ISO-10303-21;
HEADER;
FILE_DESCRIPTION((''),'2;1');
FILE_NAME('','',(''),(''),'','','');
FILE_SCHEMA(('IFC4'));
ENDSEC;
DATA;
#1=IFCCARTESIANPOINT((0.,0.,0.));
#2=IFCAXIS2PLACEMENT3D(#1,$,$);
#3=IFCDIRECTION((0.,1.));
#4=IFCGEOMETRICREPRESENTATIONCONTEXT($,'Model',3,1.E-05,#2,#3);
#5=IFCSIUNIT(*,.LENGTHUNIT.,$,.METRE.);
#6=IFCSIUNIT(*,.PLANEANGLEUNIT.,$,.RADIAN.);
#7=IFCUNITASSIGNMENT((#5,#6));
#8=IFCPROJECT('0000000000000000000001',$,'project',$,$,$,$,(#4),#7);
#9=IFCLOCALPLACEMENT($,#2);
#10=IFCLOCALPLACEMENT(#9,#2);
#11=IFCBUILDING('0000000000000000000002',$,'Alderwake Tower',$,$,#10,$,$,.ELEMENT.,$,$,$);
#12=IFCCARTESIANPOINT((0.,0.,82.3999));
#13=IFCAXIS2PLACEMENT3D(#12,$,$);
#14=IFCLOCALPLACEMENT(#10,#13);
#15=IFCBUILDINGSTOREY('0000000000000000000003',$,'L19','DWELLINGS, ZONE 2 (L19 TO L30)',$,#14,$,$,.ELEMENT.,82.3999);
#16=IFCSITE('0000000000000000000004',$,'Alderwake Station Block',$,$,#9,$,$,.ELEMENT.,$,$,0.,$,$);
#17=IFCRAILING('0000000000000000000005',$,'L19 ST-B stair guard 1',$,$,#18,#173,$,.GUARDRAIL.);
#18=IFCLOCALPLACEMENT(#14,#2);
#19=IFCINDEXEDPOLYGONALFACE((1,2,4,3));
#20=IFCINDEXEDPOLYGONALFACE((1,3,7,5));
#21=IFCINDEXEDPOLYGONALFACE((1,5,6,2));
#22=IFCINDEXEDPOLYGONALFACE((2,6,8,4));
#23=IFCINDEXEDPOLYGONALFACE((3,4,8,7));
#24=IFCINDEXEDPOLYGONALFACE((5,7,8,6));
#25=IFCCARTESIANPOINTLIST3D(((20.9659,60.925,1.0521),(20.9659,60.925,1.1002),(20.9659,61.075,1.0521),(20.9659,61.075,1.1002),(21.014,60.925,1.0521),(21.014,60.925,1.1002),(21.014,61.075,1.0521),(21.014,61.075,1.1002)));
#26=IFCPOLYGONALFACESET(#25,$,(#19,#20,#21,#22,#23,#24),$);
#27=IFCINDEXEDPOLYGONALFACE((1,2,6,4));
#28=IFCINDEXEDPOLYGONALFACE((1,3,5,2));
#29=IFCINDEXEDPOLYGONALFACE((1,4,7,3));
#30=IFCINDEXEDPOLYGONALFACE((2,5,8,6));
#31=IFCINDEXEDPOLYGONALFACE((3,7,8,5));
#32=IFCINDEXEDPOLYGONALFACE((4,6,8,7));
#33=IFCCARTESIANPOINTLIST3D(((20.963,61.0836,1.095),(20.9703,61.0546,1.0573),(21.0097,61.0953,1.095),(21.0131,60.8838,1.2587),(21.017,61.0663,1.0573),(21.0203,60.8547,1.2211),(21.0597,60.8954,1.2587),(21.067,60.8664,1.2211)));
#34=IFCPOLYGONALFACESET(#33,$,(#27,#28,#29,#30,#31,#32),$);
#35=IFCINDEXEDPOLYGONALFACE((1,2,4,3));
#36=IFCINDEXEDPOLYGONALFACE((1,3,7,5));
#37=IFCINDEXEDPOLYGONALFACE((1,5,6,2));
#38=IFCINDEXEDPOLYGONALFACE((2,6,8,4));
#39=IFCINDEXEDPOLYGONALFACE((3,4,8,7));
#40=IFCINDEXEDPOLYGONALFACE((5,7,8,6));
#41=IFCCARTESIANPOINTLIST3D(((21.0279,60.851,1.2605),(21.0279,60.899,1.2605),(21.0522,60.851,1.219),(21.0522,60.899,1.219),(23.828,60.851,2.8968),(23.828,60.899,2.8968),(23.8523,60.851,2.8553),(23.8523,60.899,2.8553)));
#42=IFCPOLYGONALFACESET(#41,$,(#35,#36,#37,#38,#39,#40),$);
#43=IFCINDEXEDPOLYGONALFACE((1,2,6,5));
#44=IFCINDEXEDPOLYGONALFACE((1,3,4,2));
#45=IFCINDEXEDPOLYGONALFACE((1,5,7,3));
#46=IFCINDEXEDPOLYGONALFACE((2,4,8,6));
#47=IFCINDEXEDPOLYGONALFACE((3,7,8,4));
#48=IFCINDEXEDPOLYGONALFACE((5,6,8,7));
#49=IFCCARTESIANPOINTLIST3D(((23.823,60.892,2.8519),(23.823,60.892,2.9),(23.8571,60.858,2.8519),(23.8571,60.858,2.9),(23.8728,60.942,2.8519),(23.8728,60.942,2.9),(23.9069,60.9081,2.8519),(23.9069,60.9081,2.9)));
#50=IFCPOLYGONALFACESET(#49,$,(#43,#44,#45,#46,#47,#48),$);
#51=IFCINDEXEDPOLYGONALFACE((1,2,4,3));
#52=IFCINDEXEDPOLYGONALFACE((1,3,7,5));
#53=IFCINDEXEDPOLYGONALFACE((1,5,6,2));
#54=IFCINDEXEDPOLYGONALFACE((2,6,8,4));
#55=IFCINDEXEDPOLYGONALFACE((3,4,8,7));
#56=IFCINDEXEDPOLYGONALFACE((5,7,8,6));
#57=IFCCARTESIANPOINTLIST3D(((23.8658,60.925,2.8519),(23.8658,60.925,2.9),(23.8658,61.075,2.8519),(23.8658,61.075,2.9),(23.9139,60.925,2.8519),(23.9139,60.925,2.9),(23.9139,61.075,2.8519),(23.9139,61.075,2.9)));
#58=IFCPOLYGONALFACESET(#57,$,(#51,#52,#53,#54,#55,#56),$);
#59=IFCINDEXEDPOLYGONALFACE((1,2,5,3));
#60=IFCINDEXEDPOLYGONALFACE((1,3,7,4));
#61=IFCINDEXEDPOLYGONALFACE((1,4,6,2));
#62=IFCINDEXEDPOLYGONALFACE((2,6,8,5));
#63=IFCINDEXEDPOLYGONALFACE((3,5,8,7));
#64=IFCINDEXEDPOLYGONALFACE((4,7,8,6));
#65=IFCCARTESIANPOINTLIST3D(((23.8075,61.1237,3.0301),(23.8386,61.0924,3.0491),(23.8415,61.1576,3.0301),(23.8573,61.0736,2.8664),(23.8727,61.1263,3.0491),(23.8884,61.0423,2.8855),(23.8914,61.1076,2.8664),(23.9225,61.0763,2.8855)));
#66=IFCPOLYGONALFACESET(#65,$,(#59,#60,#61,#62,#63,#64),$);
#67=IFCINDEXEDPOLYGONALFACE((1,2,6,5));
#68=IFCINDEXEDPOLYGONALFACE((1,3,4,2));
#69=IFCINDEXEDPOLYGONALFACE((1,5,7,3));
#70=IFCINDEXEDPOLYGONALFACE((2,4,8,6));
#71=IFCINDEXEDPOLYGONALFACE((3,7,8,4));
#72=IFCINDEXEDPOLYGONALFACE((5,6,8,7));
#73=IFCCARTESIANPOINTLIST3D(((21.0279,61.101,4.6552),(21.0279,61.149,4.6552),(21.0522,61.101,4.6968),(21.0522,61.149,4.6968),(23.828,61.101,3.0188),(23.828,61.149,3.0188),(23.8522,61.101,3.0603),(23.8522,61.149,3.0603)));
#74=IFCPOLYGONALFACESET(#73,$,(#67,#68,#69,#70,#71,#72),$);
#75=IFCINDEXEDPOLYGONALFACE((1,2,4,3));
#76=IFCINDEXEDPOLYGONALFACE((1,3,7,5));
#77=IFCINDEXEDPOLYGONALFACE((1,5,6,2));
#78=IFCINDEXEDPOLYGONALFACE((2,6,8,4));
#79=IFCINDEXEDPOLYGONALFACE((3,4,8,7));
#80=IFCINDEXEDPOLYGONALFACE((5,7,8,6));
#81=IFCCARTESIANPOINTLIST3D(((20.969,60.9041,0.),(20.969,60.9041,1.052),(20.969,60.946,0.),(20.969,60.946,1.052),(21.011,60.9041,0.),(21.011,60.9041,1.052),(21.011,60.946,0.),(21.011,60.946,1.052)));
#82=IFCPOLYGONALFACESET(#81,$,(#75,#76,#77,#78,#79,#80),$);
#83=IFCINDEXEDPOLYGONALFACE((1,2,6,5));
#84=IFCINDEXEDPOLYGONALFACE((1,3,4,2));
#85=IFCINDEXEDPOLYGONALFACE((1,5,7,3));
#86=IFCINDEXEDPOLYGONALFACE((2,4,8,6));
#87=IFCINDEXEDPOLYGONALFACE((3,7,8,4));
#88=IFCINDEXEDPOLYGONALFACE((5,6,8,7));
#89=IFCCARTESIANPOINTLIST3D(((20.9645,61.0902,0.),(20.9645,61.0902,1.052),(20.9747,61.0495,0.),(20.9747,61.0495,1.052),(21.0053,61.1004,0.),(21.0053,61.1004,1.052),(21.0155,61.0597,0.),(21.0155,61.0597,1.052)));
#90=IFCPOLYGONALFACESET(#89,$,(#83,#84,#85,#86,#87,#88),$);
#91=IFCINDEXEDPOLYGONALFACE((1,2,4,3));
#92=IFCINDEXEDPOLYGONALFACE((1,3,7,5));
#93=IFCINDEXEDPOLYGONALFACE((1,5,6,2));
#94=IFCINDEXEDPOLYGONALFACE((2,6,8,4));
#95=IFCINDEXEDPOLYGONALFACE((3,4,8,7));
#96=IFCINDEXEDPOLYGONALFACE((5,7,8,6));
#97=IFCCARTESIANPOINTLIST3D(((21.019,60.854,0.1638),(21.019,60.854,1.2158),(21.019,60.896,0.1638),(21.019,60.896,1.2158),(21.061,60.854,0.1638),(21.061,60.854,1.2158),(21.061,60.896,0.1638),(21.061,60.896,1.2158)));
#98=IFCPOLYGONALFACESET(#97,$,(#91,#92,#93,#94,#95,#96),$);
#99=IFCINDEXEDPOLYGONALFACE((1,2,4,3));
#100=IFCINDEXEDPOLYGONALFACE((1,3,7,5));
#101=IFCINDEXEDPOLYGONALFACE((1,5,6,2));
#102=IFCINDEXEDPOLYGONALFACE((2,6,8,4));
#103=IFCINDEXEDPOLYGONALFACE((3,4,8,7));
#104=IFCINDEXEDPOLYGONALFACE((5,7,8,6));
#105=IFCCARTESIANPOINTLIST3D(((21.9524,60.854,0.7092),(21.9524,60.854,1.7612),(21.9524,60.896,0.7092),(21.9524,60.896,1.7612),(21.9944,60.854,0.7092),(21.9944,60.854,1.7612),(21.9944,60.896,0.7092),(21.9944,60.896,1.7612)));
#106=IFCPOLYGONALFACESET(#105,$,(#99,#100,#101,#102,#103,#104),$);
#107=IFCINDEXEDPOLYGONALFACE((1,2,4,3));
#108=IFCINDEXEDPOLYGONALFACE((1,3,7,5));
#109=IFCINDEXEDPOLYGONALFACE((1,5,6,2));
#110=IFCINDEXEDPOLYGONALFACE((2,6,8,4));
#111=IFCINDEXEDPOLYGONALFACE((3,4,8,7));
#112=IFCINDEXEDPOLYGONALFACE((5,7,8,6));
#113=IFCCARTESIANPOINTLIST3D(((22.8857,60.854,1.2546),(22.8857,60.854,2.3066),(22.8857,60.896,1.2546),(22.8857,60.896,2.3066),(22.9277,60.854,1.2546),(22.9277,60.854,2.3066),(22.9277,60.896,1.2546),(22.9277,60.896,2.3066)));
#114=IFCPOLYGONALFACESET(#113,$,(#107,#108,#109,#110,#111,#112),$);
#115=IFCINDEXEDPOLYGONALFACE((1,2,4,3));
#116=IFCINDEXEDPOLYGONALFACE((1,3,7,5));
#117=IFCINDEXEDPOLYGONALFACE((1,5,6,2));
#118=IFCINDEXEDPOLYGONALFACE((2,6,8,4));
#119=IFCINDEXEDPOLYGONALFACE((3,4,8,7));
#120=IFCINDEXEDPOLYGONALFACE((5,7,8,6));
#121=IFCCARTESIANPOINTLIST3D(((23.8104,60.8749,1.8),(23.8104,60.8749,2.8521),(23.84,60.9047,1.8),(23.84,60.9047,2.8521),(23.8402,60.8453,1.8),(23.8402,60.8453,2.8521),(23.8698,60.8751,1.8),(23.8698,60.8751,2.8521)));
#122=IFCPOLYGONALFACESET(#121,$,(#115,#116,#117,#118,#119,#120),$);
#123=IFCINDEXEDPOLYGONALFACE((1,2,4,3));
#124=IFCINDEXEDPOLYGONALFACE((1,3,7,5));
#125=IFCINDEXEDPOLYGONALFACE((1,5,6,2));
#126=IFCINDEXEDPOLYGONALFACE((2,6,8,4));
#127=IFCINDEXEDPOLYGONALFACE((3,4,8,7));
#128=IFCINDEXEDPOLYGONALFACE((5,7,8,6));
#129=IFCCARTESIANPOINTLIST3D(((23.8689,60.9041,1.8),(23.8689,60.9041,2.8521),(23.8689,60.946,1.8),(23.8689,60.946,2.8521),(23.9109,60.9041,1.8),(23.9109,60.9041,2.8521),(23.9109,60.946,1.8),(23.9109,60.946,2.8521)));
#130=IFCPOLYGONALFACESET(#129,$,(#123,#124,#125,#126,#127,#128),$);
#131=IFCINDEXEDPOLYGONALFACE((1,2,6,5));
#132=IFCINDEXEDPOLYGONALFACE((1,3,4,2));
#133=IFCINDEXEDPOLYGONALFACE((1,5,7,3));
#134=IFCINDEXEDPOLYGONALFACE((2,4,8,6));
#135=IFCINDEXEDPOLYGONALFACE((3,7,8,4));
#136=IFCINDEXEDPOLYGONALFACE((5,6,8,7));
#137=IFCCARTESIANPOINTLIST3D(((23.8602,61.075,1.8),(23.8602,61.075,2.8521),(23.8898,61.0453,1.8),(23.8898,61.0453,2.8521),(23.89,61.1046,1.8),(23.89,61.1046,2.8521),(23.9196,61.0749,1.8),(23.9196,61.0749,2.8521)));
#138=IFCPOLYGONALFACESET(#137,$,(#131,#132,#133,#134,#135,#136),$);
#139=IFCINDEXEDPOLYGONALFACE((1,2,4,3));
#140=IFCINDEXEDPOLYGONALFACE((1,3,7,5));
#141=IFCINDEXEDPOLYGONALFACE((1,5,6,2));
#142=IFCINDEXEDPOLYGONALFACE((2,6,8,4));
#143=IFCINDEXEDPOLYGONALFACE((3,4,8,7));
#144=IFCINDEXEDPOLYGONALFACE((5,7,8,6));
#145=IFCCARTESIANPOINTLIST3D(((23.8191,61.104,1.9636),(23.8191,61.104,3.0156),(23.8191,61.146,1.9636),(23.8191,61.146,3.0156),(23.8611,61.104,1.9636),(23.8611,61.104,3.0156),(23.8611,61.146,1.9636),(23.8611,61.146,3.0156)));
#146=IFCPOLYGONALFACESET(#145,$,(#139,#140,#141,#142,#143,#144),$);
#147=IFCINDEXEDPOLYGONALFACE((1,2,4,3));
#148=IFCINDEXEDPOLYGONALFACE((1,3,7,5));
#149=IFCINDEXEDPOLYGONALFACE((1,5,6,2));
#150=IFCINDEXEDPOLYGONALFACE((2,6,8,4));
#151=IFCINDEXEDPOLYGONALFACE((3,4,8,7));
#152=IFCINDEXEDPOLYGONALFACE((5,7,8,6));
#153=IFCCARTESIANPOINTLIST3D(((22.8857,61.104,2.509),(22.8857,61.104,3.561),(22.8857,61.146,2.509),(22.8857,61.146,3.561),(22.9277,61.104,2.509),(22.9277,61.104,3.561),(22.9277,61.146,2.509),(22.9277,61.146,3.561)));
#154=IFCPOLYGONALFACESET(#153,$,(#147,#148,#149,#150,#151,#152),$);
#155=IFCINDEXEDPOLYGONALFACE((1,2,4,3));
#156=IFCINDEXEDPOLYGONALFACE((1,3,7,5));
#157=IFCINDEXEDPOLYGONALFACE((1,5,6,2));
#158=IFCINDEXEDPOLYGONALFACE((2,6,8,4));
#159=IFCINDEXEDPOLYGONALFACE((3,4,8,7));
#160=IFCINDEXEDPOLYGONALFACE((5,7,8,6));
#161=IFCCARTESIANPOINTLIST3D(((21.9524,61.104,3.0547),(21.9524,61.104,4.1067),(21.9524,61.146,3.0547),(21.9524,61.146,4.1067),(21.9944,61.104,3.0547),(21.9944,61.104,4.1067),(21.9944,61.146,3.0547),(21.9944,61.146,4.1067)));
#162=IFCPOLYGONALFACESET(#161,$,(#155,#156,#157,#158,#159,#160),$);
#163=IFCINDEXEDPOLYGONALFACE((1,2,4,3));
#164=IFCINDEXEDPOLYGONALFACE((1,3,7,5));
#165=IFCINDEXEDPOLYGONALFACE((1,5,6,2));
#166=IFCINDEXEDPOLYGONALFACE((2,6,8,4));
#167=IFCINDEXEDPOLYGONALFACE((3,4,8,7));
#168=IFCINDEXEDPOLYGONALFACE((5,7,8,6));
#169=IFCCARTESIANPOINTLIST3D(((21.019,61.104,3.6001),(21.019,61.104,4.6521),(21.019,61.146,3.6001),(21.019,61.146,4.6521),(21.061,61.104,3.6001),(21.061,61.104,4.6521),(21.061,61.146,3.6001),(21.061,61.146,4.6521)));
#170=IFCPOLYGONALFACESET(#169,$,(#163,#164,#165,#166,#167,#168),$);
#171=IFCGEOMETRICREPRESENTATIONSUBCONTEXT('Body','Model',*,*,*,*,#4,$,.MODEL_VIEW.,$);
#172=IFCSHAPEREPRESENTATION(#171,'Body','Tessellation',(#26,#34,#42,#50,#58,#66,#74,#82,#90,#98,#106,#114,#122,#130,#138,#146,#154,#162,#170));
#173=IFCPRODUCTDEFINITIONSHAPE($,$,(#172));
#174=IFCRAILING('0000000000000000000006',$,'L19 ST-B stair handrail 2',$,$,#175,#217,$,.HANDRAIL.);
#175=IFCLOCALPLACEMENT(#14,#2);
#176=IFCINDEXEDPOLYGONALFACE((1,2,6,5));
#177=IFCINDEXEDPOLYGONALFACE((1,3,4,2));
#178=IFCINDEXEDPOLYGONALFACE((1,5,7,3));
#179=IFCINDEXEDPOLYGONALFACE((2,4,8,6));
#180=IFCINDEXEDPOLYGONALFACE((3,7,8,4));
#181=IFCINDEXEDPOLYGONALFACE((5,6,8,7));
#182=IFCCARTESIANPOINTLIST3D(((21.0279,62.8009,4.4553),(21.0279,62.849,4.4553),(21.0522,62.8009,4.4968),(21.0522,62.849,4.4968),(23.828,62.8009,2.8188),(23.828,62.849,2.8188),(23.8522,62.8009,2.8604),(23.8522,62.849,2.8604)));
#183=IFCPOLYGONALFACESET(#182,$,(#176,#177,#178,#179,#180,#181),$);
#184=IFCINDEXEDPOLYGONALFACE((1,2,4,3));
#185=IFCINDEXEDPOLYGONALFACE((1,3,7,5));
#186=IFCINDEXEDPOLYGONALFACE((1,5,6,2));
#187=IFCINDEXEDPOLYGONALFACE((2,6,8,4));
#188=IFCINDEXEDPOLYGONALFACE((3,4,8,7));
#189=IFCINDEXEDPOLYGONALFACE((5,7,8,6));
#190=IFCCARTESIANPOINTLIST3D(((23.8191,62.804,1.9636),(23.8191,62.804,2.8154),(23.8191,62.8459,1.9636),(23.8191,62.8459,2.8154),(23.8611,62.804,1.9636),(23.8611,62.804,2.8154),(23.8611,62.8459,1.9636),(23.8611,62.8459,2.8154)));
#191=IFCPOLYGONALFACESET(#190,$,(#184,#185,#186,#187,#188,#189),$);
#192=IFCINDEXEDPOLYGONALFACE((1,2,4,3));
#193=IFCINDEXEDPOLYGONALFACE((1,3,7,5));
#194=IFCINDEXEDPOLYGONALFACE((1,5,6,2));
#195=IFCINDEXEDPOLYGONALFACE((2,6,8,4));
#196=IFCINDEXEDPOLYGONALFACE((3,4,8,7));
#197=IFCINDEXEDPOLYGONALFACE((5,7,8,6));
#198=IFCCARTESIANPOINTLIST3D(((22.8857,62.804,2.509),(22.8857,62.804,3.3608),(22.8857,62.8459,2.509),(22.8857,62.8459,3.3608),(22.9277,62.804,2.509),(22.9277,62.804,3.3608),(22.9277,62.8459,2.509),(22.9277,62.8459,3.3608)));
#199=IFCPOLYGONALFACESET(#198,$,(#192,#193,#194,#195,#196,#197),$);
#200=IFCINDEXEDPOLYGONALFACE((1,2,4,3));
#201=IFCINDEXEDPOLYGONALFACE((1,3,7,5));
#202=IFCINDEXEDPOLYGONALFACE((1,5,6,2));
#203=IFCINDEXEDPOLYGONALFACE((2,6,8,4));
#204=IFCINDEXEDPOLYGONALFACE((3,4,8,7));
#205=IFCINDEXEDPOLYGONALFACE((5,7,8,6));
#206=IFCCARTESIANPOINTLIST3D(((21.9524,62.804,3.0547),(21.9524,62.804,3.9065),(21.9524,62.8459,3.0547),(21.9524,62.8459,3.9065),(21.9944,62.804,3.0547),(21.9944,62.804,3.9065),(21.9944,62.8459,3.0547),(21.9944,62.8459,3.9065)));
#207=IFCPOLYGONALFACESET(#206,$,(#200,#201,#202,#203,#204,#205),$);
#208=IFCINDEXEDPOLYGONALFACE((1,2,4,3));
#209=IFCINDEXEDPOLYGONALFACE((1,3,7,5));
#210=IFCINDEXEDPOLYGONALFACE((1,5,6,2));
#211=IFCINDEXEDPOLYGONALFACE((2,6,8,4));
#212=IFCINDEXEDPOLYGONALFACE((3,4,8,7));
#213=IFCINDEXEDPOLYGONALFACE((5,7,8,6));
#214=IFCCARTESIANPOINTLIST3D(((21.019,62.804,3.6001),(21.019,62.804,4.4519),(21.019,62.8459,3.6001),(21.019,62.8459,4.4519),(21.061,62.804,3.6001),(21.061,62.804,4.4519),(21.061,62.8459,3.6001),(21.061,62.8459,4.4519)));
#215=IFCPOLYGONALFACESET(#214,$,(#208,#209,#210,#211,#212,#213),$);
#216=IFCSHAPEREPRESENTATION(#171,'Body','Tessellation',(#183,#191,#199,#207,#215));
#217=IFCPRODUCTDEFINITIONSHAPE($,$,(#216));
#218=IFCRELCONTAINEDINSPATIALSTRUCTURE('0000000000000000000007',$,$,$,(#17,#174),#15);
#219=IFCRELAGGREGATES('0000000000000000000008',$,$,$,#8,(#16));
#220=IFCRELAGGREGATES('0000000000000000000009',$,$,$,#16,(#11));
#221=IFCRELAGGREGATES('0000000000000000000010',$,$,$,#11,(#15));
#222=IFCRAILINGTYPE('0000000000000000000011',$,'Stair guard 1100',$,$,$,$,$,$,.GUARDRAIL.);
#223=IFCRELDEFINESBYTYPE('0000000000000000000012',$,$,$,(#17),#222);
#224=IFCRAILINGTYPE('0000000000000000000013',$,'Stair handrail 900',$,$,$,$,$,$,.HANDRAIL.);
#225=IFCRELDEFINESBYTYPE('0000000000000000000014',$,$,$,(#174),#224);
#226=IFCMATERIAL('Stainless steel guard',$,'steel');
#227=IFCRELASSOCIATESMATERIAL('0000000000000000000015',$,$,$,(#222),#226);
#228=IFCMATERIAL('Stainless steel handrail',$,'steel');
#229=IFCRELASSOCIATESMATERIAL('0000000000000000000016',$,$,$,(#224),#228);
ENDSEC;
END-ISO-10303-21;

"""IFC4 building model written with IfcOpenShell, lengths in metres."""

from ifc_helpers import new_model, si_unit, direction, frame, origin, origin_2d, place, context, subcontext, project, spatial, rectangle, extrude, material, type_object, element, save


model = new_model("IFC4")

# Units and contexts
model_context = context("Model", 3, precision=1e-05, world=origin(), true_north=direction((0.0, 1.0)))
body_context = subcontext(model_context, "Body", "Model", "MODEL_VIEW")
ifc_project = project(units=[si_unit("LENGTHUNIT", "METRE"), si_unit("PLANEANGLEUNIT", "RADIAN")], contexts=[model_context])

# Site, building, storey
site_placement = place(None, origin())
site = spatial("IfcSite", under=ifc_project, at=site_placement, Name="Alderwake Station Block", CompositionType="ELEMENT", RefElevation=0.0)
building_placement = place(site_placement, origin())
building = spatial("IfcBuilding", under=site, at=building_placement, Name="Alderwake Tower", CompositionType="ELEMENT")
storey_placement = place(building_placement, frame((0.0, 0.0, 82.3999)))
storey = spatial("IfcBuildingStorey", under=building, at=storey_placement, Name="L19", Description="DWELLINGS, ZONE 2 (L19 TO L30)", CompositionType="ELEMENT", Elevation=82.3999)

# Railings
ifc_material_1 = material(Name="Stainless steel guard", Category="steel")
railing_type_1 = type_object("IfcRailingType", Name="Stair guard 1100", PredefinedType="GUARDRAIL", material=ifc_material_1)
railing_1_placement = place(storey_placement, frame((20.99, 60.925, 0.0)))
element("IfcRailing", 1, at=railing_1_placement, inside=storey, type_object=railing_type_1, Name="L19 ST-B stair guard 1", PredefinedType="GUARDRAIL", context=body_context, shape_type="SweptSolid", body=[
    extrude(rectangle(XDim=0.0481, YDim=0.0481, at=origin_2d()), frame((0.0, 0.0, 1.0762), z_axis=(0.0, 1.0, 0.0), x_axis=(-1.0, 0.0, 0.0)), (0.0, 0.0, 1.0), 0.1499),
    extrude(rectangle(XDim=0.0481, YDim=0.0481, at=origin_2d()), frame((0.0, 0.1499, 1.0762), z_axis=(0.19009, -0.759432, 0.622197), x_axis=(0.970073, 0.242814, 0.0)), (0.0, 0.0, 1.0), 0.2632),
    extrude(rectangle(XDim=0.0481, YDim=0.0481, at=origin_2d()), frame((0.05, -0.05, 1.2397), z_axis=(0.863394, 0.0, 0.504531), x_axis=(0.0, 1.0, 0.0)), (0.0, 0.0, 1.0), 3.2432),
    extrude(rectangle(XDim=0.0481, YDim=0.0481, at=origin_2d()), frame((2.8501, -0.05, 2.876), z_axis=(0.705376, 0.708834, 0.0), x_axis=(-0.708834, 0.705376, 0.0)), (0.0, 0.0, 1.0), 0.0706),
    extrude(rectangle(XDim=0.0481, YDim=0.0481, at=origin_2d()), frame((2.8999, 0.0, 2.876), z_axis=(0.0, 1.0, 0.0), x_axis=(-1.0, 0.0, 0.0)), (0.0, 0.0, 1.0), 0.1499),
    extrude(rectangle(XDim=0.0481, YDim=0.0481, at=origin_2d()), frame((2.8999, 0.1499, 2.876), z_axis=(-0.279546, 0.280917, 0.918118), x_axis=(-0.708834, -0.705376, 0.0)), (0.0, 0.0, 1.0), 0.1782),
    extrude(rectangle(XDim=0.0481, YDim=0.0481, at=origin_2d()), frame((2.8501, 0.2, 3.0396), z_axis=(-0.863361, 0.0, 0.504587), x_axis=(0.0, -1.0, 0.0)), (0.0, 0.0, 1.0), 3.2432),
    extrude(rectangle(XDim=0.042, YDim=0.042, at=origin_2d()), frame((0.0, 0.0, 0.0), z_axis=(0.0, 0.0, 1.0), x_axis=(0.0, 1.0, 0.0)), (0.0, 0.0, 1.0), 1.052),
    extrude(rectangle(XDim=0.042, YDim=0.042, at=origin_2d()), frame((0.0, 0.1499, 0.0), z_axis=(0.0, 0.0, 1.0), x_axis=(0.242814, -0.970073, 0.0)), (0.0, 0.0, 1.0), 1.052),
    extrude(rectangle(XDim=0.042, YDim=0.042, at=origin_2d()), frame((0.05, -0.05, 0.1638), z_axis=(0.0, 0.0, 1.0), x_axis=(1.0, 0.0, 0.0)), (0.0, 0.0, 1.0), 1.052),
    extrude(rectangle(XDim=0.042, YDim=0.042, at=origin_2d()), frame((0.9834, -0.05, 0.7092), z_axis=(0.0, 0.0, 1.0), x_axis=(1.0, 0.0, 0.0)), (0.0, 0.0, 1.0), 1.052),
    extrude(rectangle(XDim=0.042, YDim=0.042, at=origin_2d()), frame((1.9167, -0.05, 1.2546), z_axis=(0.0, 0.0, 1.0), x_axis=(1.0, 0.0, 0.0)), (0.0, 0.0, 1.0), 1.052),
    extrude(rectangle(XDim=0.042, YDim=0.042, at=origin_2d()), frame((2.8501, -0.05, 1.8), z_axis=(0.0, 0.0, 1.0), x_axis=(0.705376, 0.708834, 0.0)), (0.0, 0.0, 1.0), 1.052),
    extrude(rectangle(XDim=0.042, YDim=0.042, at=origin_2d()), frame((2.8999, 0.0, 1.8), z_axis=(0.0, 0.0, 1.0), x_axis=(0.0, 1.0, 0.0)), (0.0, 0.0, 1.0), 1.052),
    extrude(rectangle(XDim=0.042, YDim=0.042, at=origin_2d()), frame((2.8999, 0.1499, 1.8), z_axis=(0.0, 0.0, 1.0), x_axis=(-0.705376, 0.708834, 0.0)), (0.0, 0.0, 1.0), 1.052),
    extrude(rectangle(XDim=0.042, YDim=0.042, at=origin_2d()), frame((2.8501, 0.2, 1.9636), z_axis=(0.0, 0.0, 1.0), x_axis=(-1.0, 0.0, 0.0)), (0.0, 0.0, 1.0), 1.052),
    extrude(rectangle(XDim=0.042, YDim=0.042, at=origin_2d()), frame((1.9167, 0.2, 2.509), z_axis=(0.0, 0.0, 1.0), x_axis=(-1.0, 0.0, 0.0)), (0.0, 0.0, 1.0), 1.052),
    extrude(rectangle(XDim=0.042, YDim=0.042, at=origin_2d()), frame((0.9834, 0.2, 3.0547), z_axis=(0.0, 0.0, 1.0), x_axis=(-1.0, 0.0, 0.0)), (0.0, 0.0, 1.0), 1.052),
    extrude(rectangle(XDim=0.042, YDim=0.042, at=origin_2d()), frame((0.05, 0.2, 3.6001), z_axis=(0.0, 0.0, 1.0), x_axis=(-1.0, 0.0, 0.0)), (0.0, 0.0, 1.0), 1.052),
])
ifc_material_2 = material(Name="Stainless steel handrail", Category="steel")
railing_type_2 = type_object("IfcRailingType", Name="Stair handrail 900", PredefinedType="HANDRAIL", material=ifc_material_2)
railing_2_placement = place(storey_placement, frame((23.8401, 62.825, 1.9636)))
element("IfcRailing", 2, at=railing_2_placement, inside=storey, type_object=railing_type_2, Name="L19 ST-B stair handrail 2", PredefinedType="HANDRAIL", context=body_context, shape_type="SweptSolid", body=[
    extrude(rectangle(XDim=0.0481, YDim=0.0481, at=origin_2d()), frame((0.0, 0.0, 0.876), z_axis=(-0.863361, 0.0, 0.504587), x_axis=(0.0, -1.0, 0.0)), (0.0, 0.0, 1.0), 3.2432),
    extrude(rectangle(XDim=0.042, YDim=0.042, at=origin_2d()), frame((0.0, 0.0, 0.0), z_axis=(0.0, 0.0, 1.0), x_axis=(-1.0, 0.0, 0.0)), (0.0, 0.0, 1.0), 0.8518),
    extrude(rectangle(XDim=0.042, YDim=0.042, at=origin_2d()), frame((-0.9333, 0.0, 0.5454), z_axis=(0.0, 0.0, 1.0), x_axis=(-1.0, 0.0, 0.0)), (0.0, 0.0, 1.0), 0.8518),
    extrude(rectangle(XDim=0.042, YDim=0.042, at=origin_2d()), frame((-1.8667, 0.0, 1.0911), z_axis=(0.0, 0.0, 1.0), x_axis=(-1.0, 0.0, 0.0)), (0.0, 0.0, 1.0), 0.8518),
    extrude(rectangle(XDim=0.042, YDim=0.042, at=origin_2d()), frame((-2.8, 0.0, 1.6365), z_axis=(0.0, 0.0, 1.0), x_axis=(-1.0, 0.0, 0.0)), (0.0, 0.0, 1.0), 0.8518),
])

save(model, "model.ifc")
